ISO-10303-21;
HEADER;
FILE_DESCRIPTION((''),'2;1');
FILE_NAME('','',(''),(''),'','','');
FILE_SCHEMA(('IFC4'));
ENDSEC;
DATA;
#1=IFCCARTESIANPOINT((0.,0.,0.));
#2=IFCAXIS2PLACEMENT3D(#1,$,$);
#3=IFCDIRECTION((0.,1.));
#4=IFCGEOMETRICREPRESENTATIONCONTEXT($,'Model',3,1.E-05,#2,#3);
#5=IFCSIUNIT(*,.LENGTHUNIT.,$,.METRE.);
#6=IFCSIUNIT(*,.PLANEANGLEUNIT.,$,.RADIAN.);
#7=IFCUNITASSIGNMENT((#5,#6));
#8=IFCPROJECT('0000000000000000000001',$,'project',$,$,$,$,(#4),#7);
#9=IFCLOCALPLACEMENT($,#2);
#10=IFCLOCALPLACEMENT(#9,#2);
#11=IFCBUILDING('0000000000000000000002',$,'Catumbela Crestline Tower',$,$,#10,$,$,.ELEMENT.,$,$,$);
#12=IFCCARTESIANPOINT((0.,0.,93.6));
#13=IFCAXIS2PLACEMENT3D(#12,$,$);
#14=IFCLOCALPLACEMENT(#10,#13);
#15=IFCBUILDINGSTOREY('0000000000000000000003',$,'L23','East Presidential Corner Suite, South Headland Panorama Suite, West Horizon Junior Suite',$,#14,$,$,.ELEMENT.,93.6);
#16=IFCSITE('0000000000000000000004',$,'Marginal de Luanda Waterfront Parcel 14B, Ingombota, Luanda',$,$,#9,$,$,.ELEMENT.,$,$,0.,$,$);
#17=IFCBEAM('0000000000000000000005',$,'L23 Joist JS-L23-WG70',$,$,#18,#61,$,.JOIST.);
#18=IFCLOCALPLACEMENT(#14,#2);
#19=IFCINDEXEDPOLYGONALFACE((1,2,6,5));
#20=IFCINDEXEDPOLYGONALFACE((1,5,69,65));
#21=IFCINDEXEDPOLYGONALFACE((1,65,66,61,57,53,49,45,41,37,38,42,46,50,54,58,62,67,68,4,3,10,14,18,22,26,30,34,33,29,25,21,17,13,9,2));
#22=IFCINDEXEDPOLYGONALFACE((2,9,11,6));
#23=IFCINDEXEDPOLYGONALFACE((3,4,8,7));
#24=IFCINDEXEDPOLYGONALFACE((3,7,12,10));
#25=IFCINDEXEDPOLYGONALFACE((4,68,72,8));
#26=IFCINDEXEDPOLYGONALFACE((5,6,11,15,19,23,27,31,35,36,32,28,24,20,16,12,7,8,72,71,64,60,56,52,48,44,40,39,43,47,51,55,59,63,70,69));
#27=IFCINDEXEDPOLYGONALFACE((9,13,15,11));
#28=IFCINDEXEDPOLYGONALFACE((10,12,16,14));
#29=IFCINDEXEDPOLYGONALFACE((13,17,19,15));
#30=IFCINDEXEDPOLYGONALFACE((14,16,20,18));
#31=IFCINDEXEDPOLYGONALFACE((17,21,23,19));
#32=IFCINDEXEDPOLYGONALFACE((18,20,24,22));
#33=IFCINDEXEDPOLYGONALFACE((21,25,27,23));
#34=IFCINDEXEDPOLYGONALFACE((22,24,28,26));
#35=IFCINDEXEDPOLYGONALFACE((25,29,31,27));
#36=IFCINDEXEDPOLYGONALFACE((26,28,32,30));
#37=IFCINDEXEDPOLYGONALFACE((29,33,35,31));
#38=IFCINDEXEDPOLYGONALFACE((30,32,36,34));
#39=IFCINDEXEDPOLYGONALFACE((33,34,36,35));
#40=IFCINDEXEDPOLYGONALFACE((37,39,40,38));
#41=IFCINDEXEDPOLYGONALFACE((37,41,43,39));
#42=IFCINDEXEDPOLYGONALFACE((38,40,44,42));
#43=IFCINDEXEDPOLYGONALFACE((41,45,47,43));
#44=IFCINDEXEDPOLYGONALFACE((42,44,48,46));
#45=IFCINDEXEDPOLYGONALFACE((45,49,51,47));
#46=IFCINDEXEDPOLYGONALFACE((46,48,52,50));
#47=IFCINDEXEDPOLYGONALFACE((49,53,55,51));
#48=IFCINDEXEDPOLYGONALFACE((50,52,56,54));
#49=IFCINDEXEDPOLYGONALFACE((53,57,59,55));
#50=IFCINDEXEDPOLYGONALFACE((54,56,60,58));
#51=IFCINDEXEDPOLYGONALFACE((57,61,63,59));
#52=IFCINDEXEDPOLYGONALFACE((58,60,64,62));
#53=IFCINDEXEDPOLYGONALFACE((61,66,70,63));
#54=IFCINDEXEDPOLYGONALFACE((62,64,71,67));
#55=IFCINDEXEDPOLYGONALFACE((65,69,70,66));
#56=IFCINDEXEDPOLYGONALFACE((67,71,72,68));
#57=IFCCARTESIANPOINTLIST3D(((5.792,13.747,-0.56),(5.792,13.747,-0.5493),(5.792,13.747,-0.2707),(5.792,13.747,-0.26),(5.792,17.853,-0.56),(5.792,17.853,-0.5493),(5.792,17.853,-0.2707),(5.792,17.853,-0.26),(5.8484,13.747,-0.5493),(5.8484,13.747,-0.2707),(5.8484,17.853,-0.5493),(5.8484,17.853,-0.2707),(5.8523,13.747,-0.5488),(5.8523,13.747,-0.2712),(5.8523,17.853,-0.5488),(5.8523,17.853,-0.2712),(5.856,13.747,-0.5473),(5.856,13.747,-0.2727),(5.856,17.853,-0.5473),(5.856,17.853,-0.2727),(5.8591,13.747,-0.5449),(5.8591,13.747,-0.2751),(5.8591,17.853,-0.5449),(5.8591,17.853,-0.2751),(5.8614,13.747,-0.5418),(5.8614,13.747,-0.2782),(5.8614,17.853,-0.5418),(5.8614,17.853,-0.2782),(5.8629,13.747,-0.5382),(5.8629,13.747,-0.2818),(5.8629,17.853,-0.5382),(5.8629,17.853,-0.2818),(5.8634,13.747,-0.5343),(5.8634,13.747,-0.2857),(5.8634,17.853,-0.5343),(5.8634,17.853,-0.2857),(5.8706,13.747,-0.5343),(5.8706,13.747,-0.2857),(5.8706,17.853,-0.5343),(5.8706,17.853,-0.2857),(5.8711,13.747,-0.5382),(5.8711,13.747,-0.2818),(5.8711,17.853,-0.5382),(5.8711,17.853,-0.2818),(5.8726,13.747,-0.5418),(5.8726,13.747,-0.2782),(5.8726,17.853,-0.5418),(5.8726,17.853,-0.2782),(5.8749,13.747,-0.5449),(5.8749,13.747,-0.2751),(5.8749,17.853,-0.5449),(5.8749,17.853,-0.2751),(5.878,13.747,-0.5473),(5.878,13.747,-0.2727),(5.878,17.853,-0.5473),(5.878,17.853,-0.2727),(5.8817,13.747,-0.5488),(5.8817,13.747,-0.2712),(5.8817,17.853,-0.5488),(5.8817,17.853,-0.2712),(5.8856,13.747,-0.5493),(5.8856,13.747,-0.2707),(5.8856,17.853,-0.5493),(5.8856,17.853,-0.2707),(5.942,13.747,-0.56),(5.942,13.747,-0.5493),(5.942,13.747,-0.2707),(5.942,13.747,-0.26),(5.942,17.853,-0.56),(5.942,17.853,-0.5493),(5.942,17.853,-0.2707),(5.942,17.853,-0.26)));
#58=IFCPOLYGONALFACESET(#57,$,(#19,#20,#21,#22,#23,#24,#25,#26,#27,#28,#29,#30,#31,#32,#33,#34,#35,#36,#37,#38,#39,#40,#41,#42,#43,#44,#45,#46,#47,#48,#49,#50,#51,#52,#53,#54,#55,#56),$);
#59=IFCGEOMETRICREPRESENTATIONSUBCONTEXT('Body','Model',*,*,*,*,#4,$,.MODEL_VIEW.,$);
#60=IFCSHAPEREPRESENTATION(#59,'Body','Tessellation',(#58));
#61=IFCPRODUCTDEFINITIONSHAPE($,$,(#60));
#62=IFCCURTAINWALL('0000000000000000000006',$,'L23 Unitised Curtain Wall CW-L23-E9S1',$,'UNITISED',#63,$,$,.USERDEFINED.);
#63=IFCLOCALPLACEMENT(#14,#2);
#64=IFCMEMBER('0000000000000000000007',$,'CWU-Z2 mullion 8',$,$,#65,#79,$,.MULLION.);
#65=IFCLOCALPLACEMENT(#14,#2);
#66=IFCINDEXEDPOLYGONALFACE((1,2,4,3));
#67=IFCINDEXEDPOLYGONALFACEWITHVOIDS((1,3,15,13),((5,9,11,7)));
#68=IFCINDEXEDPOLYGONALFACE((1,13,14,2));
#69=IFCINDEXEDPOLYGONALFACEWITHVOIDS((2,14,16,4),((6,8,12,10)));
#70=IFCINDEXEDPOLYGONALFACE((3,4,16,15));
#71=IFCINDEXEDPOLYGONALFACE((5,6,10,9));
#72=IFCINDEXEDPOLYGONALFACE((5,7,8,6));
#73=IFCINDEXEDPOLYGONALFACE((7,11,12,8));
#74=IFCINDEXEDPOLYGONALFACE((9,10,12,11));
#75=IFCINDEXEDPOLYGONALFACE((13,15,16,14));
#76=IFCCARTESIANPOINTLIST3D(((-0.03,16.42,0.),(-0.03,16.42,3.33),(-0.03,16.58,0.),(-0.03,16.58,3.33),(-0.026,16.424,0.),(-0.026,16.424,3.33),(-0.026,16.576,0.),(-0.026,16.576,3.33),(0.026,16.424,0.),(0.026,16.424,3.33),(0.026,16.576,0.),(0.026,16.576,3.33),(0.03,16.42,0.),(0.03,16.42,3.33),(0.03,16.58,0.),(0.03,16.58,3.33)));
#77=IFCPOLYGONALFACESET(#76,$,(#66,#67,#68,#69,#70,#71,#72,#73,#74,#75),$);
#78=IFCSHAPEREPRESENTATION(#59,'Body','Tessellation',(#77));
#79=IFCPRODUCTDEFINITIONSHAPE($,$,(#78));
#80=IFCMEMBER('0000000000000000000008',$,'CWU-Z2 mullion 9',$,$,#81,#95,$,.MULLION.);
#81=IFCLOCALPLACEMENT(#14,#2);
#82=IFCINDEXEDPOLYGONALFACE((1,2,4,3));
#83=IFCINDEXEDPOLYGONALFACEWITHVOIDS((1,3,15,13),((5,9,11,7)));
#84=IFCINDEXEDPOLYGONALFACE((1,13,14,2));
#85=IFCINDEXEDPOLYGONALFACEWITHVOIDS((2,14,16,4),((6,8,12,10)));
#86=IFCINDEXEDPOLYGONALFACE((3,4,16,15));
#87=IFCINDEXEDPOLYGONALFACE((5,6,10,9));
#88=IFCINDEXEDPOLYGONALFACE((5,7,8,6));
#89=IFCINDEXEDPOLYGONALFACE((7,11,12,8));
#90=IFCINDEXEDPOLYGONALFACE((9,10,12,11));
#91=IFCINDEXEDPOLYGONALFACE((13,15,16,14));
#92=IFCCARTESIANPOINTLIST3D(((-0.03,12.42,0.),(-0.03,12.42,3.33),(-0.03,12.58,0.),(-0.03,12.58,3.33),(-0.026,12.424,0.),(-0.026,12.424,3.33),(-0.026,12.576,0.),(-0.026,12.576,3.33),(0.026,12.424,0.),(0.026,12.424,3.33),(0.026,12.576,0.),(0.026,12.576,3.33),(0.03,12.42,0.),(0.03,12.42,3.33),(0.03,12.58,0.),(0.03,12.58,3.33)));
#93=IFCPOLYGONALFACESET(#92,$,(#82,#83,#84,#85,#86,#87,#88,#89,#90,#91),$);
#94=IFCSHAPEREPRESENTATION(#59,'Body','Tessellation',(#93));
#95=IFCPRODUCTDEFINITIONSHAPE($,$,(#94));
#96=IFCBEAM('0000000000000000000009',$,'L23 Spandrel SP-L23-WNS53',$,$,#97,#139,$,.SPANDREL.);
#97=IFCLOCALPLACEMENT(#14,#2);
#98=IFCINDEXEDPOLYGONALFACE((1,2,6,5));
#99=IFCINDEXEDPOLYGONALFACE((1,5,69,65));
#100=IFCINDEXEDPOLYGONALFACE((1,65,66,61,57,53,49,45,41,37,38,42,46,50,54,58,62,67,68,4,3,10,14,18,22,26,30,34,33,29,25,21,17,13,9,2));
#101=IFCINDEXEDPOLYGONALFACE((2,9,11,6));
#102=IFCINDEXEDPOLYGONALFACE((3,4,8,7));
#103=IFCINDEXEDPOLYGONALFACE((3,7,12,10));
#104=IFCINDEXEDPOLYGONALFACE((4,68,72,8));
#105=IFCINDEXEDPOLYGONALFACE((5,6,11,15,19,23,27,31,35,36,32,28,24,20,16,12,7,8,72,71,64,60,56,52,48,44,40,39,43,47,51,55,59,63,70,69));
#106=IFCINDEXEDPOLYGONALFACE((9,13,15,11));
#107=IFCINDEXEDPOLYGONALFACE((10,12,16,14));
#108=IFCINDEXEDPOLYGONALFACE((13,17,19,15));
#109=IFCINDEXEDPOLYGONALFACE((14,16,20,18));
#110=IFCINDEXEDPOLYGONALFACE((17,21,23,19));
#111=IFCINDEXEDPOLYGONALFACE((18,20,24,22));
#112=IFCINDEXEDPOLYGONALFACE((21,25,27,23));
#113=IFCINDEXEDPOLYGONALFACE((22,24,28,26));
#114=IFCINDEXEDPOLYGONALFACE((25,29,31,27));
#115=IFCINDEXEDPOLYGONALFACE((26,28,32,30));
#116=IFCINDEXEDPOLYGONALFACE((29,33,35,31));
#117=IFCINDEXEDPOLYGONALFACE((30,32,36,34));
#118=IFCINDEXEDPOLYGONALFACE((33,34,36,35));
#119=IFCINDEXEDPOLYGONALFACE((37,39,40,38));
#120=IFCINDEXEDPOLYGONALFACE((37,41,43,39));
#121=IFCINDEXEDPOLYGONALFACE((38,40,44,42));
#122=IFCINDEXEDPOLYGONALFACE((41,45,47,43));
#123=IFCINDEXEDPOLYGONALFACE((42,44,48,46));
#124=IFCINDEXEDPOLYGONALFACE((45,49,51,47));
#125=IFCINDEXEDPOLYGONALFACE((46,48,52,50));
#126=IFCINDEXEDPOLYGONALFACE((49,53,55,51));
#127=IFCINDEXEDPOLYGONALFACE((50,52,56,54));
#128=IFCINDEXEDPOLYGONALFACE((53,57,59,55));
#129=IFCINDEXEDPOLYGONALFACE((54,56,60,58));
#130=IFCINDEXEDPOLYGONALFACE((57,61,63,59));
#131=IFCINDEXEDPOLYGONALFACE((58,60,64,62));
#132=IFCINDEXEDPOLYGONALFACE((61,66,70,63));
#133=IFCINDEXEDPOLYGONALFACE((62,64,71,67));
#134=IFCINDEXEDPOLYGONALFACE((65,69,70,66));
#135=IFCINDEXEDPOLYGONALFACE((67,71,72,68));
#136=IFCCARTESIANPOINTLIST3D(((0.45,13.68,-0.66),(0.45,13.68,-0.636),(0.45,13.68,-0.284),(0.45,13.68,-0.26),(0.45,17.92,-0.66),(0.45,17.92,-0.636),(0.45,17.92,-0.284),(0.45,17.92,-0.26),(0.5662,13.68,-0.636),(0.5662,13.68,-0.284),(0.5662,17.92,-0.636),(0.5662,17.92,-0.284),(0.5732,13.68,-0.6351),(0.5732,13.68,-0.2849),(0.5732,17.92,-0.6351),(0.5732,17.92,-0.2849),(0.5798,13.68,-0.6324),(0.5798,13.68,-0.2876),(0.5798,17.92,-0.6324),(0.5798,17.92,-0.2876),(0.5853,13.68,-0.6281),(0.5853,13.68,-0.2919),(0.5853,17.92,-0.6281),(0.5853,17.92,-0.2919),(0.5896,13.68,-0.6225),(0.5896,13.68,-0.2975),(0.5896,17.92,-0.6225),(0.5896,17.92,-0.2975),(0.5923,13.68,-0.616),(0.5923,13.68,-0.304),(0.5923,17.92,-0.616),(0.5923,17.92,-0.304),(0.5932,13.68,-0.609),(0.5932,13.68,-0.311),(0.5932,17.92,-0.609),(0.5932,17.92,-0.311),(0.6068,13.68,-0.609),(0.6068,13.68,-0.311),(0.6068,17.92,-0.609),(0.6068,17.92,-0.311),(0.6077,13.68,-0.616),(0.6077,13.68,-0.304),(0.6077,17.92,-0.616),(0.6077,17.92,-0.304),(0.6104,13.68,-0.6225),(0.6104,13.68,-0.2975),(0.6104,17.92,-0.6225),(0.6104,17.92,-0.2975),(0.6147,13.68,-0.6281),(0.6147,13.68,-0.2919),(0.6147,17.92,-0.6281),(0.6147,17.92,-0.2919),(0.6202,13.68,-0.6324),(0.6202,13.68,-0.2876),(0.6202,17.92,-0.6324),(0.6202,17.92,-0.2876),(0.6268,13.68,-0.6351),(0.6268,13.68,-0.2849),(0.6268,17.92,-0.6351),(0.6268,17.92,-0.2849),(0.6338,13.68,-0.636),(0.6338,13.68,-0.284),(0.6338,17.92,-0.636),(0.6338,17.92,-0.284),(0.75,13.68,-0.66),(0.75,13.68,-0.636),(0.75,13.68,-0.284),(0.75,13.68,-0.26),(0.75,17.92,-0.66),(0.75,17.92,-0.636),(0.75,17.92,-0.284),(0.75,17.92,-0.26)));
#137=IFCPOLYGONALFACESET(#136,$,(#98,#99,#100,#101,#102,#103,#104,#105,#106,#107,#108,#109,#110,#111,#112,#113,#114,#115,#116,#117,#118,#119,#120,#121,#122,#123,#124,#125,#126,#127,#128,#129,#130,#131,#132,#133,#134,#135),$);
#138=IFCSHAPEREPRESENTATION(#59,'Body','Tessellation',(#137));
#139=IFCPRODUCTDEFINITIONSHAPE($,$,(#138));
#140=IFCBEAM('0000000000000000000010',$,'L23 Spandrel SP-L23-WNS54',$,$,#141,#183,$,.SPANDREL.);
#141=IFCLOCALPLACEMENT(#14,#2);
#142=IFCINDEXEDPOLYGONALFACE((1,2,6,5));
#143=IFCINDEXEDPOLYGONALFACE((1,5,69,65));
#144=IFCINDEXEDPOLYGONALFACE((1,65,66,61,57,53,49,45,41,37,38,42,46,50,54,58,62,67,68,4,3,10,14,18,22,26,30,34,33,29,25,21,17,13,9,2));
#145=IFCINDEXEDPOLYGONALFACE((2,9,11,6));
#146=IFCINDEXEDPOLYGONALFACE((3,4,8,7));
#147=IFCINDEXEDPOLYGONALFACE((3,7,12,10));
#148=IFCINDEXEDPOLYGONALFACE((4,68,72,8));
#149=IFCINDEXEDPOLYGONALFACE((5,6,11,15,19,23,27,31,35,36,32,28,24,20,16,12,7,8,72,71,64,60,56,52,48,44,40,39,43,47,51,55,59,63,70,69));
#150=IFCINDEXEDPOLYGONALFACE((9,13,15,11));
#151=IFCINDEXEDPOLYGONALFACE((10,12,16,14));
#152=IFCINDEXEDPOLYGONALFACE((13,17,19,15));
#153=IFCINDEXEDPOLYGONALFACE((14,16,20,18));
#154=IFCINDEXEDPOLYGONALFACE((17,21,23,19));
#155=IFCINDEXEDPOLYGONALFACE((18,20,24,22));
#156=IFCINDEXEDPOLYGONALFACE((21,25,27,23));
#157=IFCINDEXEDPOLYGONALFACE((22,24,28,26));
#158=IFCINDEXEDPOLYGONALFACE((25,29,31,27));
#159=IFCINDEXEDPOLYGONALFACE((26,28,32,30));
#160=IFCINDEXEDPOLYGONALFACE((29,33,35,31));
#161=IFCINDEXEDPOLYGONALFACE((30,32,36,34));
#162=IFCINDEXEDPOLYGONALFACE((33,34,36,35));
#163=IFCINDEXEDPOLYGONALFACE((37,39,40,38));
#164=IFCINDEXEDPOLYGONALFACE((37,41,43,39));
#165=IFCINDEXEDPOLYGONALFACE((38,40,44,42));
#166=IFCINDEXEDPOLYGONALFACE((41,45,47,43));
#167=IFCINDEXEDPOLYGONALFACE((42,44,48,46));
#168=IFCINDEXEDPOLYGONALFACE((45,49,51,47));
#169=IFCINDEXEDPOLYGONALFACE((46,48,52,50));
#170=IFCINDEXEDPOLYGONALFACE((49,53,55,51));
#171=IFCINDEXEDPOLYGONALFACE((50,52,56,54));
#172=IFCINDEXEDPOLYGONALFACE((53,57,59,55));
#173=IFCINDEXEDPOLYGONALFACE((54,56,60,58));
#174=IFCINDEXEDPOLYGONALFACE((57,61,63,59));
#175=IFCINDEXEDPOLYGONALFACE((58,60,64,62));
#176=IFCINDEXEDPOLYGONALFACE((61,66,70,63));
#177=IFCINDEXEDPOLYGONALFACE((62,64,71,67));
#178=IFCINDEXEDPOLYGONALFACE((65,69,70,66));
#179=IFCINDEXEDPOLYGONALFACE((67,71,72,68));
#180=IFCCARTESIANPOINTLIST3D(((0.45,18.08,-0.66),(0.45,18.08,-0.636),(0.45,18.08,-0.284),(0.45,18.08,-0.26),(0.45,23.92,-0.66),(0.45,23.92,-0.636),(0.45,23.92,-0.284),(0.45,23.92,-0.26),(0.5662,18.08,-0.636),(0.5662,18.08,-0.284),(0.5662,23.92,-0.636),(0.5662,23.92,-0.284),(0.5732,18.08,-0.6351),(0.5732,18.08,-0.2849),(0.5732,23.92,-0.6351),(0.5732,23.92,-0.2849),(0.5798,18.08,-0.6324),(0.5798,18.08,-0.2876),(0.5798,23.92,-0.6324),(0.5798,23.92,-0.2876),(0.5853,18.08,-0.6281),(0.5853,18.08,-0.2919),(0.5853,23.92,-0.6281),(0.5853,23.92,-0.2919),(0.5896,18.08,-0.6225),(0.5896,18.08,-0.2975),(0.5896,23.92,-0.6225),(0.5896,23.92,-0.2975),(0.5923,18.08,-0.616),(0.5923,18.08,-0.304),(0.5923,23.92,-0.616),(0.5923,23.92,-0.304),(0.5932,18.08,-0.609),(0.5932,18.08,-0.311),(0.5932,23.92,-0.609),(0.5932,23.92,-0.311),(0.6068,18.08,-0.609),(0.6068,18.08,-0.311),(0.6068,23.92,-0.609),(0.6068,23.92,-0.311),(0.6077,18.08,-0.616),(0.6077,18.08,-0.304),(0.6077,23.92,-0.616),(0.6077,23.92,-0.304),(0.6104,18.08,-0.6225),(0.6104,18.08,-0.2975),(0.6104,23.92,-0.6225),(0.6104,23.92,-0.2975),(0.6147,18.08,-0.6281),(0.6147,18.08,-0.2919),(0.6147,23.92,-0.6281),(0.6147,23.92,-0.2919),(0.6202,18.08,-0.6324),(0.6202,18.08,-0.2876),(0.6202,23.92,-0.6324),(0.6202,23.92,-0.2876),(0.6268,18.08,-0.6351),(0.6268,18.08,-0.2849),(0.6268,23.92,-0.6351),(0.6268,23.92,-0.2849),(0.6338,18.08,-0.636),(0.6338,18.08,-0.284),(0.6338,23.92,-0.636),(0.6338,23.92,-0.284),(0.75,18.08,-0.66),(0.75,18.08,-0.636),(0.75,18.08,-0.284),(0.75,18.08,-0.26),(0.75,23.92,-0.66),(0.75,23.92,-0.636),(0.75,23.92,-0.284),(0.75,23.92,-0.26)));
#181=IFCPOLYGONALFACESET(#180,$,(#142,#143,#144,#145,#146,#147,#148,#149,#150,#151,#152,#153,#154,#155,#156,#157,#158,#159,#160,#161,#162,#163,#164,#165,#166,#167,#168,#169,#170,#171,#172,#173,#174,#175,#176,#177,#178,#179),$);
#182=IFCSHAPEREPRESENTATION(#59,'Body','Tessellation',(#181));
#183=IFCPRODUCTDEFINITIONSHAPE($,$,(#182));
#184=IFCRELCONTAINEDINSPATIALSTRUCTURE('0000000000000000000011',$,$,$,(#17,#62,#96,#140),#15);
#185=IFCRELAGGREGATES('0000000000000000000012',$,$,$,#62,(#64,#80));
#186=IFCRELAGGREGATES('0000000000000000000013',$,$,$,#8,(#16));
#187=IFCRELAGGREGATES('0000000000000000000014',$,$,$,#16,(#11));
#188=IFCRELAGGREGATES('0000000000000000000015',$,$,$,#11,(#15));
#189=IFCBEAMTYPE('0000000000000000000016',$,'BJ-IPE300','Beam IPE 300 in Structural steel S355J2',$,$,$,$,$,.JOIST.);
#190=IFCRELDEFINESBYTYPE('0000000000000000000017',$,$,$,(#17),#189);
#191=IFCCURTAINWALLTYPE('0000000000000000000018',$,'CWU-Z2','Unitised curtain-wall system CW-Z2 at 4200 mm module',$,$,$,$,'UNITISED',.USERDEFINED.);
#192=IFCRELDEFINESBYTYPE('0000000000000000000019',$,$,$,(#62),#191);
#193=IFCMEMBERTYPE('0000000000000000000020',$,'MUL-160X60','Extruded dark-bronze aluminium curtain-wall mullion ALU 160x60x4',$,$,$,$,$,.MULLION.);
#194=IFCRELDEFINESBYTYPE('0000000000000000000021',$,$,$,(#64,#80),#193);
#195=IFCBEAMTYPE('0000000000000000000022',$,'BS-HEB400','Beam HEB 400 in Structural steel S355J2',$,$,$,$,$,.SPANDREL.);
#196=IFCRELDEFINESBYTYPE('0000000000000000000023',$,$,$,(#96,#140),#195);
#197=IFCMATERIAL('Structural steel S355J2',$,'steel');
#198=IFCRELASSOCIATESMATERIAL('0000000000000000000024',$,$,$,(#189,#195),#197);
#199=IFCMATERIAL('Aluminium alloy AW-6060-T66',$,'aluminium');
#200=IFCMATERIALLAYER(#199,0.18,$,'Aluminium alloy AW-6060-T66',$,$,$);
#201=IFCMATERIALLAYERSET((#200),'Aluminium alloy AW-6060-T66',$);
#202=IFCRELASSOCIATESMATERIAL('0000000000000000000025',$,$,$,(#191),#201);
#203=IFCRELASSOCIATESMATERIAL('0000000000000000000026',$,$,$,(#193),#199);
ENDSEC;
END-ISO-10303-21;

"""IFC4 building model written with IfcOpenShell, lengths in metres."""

from ifc_helpers import new_model, si_unit, direction, frame, origin, origin_2d, place, context, subcontext, project, spatial, hollow_rectangle, i_section, extrude, material, layer, layer_set, material_profile, profile_set, type_object, element, aggregate, save


model = new_model("IFC4")

# Units and contexts
model_context = context("Model", 3, precision=1e-05, world=origin(), true_north=direction((0.0, 1.0)))
body_context = subcontext(model_context, "Body", "Model", "MODEL_VIEW")
ifc_project = project(units=[si_unit("LENGTHUNIT", "METRE"), si_unit("PLANEANGLEUNIT", "RADIAN")], contexts=[model_context])

# Site, building, storey
site_placement = place(None, origin())
site = spatial("IfcSite", under=ifc_project, at=site_placement, Name="Marginal de Luanda Waterfront Parcel 14B, Ingombota, Luanda", CompositionType="ELEMENT", RefElevation=0.0)
building_placement = place(site_placement, origin())
building = spatial("IfcBuilding", under=site, at=building_placement, Name="Catumbela Crestline Tower", CompositionType="ELEMENT")
storey_placement = place(building_placement, frame((0.0, 0.0, 93.6)))
storey = spatial("IfcBuildingStorey", under=building, at=storey_placement, Name="L23", Description="East Presidential Corner Suite, South Headland Panorama Suite, West Horizon Junior Suite", CompositionType="ELEMENT", Elevation=93.6)

# Beam
ifc_material_1 = material(Name="Structural steel S355J2", Category="steel")
ifc_material_profile_1 = material_profile(ifc_material_1, i_section(OverallWidth=0.15, OverallDepth=0.3, WebThickness=0.0071, FlangeThickness=0.0107, FilletRadius=0.015, at=origin_2d()), Name="IPE 300")
ifc_profile_set_1 = profile_set([ifc_material_profile_1], Name="Structural steel S355J2")
beam_type_1 = type_object("IfcBeamType", Name="BJ-IPE300", Description="Beam IPE 300 in Structural steel S355J2", PredefinedType="JOIST", material=ifc_profile_set_1)
for number, where, z_axis, x_axis, name in (
    (1, (5.867, 13.747, -0.41), (0.0, 1.0, 0.0), (-1.0, 0.0, 0.0), "L23 Joist JS-L23-WG70"),
):
    element("IfcBeam", number, at=place(storey_placement, frame(where, z_axis=z_axis, x_axis=x_axis)), inside=storey, type_object=beam_type_1, Name=name, PredefinedType="JOIST", context=body_context, shape_type="SweptSolid", body=[
        extrude(i_section(OverallWidth=0.15, OverallDepth=0.3, WebThickness=0.0071, FlangeThickness=0.0107, FilletRadius=0.015, at=origin_2d()), origin(), (0.0, 0.0, 1.0), 4.106),
    ])

# Curtain wall, members
ifc_material_2 = material(Name="Aluminium alloy AW-6060-T66", Category="aluminium")
ifc_layer_1 = layer(ifc_material_2, 0.18, Name="Aluminium alloy AW-6060-T66")
ifc_layer_set_1 = layer_set([ifc_layer_1], Name="Aluminium alloy AW-6060-T66")
curtain_wall_type = type_object("IfcCurtainWallType", Name="CWU-Z2", Description="Unitised curtain-wall system CW-Z2 at 4200 mm module", ElementType="UNITISED", PredefinedType="USERDEFINED", material=ifc_layer_set_1)
curtain_wall_placement = place(storey_placement, origin())
curtain_wall = element("IfcCurtainWall", 2, at=curtain_wall_placement, inside=storey, type_object=curtain_wall_type, Name="L23 Unitised Curtain Wall CW-L23-E9S1", ObjectType="UNITISED", PredefinedType="USERDEFINED")
ifc_material_profile_2 = material_profile(ifc_material_2, hollow_rectangle(XDim=0.06, YDim=0.16, WallThickness=0.004, at=origin_2d()), Name="ALU 160x60x4")
ifc_profile_set_2 = profile_set([ifc_material_profile_2], Name="Aluminium alloy AW-6060-T66")
member_type_1 = type_object("IfcMemberType", Name="MUL-160X60", Description="Extruded dark-bronze aluminium curtain-wall mullion ALU 160x60x4", PredefinedType="MULLION", material=ifc_profile_set_2)
member_1_placement = place(storey_placement, frame((0.0, 16.5, 0.0), z_axis=(0.0, 0.0, 1.0), x_axis=(1.0, 0.0, 0.0)))
member_1 = element("IfcMember", 3, at=member_1_placement, type_object=member_type_1, Name="CWU-Z2 mullion 8", PredefinedType="MULLION", context=body_context, shape_type="SweptSolid", body=[
    extrude(hollow_rectangle(XDim=0.06, YDim=0.16, WallThickness=0.004, at=origin_2d()), origin(), (0.0, 0.0, 1.0), 3.33),
])
member_2_placement = place(storey_placement, frame((0.0, 12.5, 0.0), z_axis=(0.0, 0.0, 1.0), x_axis=(1.0, 0.0, 0.0)))
member_2 = element("IfcMember", 4, at=member_2_placement, type_object=member_type_1, Name="CWU-Z2 mullion 9", PredefinedType="MULLION", context=body_context, shape_type="SweptSolid", body=[
    extrude(hollow_rectangle(XDim=0.06, YDim=0.16, WallThickness=0.004, at=origin_2d()), origin(), (0.0, 0.0, 1.0), 3.33),
])

# Beams
ifc_material_profile_3 = material_profile(ifc_material_1, i_section(OverallWidth=0.3, OverallDepth=0.4, WebThickness=0.0135, FlangeThickness=0.024, FilletRadius=0.027, at=origin_2d()), Name="HEB 400")
ifc_profile_set_3 = profile_set([ifc_material_profile_3], Name="Structural steel S355J2")
beam_type_2 = type_object("IfcBeamType", Name="BS-HEB400", Description="Beam HEB 400 in Structural steel S355J2", PredefinedType="SPANDREL", material=ifc_profile_set_3)
beam_1_placement = place(storey_placement, frame((0.6, 13.68, -0.46), z_axis=(0.0, 1.0, 0.0), x_axis=(-1.0, 0.0, 0.0)))
element("IfcBeam", 5, at=beam_1_placement, inside=storey, type_object=beam_type_2, Name="L23 Spandrel SP-L23-WNS53", PredefinedType="SPANDREL", context=body_context, shape_type="SweptSolid", body=[
    extrude(i_section(OverallWidth=0.3, OverallDepth=0.4, WebThickness=0.0135, FlangeThickness=0.024, FilletRadius=0.027, at=origin_2d()), origin(), (0.0, 0.0, 1.0), 4.24),
])
beam_2_placement = place(storey_placement, frame((0.6, 18.08, -0.46), z_axis=(0.0, 1.0, 0.0), x_axis=(-1.0, 0.0, 0.0)))
element("IfcBeam", 6, at=beam_2_placement, inside=storey, type_object=beam_type_2, Name="L23 Spandrel SP-L23-WNS54", PredefinedType="SPANDREL", context=body_context, shape_type="SweptSolid", body=[
    extrude(i_section(OverallWidth=0.3, OverallDepth=0.4, WebThickness=0.0135, FlangeThickness=0.024, FilletRadius=0.027, at=origin_2d()), origin(), (0.0, 0.0, 1.0), 5.84),
])

aggregate(curtain_wall, [member_1, member_2])

save(model, "model.ifc")
